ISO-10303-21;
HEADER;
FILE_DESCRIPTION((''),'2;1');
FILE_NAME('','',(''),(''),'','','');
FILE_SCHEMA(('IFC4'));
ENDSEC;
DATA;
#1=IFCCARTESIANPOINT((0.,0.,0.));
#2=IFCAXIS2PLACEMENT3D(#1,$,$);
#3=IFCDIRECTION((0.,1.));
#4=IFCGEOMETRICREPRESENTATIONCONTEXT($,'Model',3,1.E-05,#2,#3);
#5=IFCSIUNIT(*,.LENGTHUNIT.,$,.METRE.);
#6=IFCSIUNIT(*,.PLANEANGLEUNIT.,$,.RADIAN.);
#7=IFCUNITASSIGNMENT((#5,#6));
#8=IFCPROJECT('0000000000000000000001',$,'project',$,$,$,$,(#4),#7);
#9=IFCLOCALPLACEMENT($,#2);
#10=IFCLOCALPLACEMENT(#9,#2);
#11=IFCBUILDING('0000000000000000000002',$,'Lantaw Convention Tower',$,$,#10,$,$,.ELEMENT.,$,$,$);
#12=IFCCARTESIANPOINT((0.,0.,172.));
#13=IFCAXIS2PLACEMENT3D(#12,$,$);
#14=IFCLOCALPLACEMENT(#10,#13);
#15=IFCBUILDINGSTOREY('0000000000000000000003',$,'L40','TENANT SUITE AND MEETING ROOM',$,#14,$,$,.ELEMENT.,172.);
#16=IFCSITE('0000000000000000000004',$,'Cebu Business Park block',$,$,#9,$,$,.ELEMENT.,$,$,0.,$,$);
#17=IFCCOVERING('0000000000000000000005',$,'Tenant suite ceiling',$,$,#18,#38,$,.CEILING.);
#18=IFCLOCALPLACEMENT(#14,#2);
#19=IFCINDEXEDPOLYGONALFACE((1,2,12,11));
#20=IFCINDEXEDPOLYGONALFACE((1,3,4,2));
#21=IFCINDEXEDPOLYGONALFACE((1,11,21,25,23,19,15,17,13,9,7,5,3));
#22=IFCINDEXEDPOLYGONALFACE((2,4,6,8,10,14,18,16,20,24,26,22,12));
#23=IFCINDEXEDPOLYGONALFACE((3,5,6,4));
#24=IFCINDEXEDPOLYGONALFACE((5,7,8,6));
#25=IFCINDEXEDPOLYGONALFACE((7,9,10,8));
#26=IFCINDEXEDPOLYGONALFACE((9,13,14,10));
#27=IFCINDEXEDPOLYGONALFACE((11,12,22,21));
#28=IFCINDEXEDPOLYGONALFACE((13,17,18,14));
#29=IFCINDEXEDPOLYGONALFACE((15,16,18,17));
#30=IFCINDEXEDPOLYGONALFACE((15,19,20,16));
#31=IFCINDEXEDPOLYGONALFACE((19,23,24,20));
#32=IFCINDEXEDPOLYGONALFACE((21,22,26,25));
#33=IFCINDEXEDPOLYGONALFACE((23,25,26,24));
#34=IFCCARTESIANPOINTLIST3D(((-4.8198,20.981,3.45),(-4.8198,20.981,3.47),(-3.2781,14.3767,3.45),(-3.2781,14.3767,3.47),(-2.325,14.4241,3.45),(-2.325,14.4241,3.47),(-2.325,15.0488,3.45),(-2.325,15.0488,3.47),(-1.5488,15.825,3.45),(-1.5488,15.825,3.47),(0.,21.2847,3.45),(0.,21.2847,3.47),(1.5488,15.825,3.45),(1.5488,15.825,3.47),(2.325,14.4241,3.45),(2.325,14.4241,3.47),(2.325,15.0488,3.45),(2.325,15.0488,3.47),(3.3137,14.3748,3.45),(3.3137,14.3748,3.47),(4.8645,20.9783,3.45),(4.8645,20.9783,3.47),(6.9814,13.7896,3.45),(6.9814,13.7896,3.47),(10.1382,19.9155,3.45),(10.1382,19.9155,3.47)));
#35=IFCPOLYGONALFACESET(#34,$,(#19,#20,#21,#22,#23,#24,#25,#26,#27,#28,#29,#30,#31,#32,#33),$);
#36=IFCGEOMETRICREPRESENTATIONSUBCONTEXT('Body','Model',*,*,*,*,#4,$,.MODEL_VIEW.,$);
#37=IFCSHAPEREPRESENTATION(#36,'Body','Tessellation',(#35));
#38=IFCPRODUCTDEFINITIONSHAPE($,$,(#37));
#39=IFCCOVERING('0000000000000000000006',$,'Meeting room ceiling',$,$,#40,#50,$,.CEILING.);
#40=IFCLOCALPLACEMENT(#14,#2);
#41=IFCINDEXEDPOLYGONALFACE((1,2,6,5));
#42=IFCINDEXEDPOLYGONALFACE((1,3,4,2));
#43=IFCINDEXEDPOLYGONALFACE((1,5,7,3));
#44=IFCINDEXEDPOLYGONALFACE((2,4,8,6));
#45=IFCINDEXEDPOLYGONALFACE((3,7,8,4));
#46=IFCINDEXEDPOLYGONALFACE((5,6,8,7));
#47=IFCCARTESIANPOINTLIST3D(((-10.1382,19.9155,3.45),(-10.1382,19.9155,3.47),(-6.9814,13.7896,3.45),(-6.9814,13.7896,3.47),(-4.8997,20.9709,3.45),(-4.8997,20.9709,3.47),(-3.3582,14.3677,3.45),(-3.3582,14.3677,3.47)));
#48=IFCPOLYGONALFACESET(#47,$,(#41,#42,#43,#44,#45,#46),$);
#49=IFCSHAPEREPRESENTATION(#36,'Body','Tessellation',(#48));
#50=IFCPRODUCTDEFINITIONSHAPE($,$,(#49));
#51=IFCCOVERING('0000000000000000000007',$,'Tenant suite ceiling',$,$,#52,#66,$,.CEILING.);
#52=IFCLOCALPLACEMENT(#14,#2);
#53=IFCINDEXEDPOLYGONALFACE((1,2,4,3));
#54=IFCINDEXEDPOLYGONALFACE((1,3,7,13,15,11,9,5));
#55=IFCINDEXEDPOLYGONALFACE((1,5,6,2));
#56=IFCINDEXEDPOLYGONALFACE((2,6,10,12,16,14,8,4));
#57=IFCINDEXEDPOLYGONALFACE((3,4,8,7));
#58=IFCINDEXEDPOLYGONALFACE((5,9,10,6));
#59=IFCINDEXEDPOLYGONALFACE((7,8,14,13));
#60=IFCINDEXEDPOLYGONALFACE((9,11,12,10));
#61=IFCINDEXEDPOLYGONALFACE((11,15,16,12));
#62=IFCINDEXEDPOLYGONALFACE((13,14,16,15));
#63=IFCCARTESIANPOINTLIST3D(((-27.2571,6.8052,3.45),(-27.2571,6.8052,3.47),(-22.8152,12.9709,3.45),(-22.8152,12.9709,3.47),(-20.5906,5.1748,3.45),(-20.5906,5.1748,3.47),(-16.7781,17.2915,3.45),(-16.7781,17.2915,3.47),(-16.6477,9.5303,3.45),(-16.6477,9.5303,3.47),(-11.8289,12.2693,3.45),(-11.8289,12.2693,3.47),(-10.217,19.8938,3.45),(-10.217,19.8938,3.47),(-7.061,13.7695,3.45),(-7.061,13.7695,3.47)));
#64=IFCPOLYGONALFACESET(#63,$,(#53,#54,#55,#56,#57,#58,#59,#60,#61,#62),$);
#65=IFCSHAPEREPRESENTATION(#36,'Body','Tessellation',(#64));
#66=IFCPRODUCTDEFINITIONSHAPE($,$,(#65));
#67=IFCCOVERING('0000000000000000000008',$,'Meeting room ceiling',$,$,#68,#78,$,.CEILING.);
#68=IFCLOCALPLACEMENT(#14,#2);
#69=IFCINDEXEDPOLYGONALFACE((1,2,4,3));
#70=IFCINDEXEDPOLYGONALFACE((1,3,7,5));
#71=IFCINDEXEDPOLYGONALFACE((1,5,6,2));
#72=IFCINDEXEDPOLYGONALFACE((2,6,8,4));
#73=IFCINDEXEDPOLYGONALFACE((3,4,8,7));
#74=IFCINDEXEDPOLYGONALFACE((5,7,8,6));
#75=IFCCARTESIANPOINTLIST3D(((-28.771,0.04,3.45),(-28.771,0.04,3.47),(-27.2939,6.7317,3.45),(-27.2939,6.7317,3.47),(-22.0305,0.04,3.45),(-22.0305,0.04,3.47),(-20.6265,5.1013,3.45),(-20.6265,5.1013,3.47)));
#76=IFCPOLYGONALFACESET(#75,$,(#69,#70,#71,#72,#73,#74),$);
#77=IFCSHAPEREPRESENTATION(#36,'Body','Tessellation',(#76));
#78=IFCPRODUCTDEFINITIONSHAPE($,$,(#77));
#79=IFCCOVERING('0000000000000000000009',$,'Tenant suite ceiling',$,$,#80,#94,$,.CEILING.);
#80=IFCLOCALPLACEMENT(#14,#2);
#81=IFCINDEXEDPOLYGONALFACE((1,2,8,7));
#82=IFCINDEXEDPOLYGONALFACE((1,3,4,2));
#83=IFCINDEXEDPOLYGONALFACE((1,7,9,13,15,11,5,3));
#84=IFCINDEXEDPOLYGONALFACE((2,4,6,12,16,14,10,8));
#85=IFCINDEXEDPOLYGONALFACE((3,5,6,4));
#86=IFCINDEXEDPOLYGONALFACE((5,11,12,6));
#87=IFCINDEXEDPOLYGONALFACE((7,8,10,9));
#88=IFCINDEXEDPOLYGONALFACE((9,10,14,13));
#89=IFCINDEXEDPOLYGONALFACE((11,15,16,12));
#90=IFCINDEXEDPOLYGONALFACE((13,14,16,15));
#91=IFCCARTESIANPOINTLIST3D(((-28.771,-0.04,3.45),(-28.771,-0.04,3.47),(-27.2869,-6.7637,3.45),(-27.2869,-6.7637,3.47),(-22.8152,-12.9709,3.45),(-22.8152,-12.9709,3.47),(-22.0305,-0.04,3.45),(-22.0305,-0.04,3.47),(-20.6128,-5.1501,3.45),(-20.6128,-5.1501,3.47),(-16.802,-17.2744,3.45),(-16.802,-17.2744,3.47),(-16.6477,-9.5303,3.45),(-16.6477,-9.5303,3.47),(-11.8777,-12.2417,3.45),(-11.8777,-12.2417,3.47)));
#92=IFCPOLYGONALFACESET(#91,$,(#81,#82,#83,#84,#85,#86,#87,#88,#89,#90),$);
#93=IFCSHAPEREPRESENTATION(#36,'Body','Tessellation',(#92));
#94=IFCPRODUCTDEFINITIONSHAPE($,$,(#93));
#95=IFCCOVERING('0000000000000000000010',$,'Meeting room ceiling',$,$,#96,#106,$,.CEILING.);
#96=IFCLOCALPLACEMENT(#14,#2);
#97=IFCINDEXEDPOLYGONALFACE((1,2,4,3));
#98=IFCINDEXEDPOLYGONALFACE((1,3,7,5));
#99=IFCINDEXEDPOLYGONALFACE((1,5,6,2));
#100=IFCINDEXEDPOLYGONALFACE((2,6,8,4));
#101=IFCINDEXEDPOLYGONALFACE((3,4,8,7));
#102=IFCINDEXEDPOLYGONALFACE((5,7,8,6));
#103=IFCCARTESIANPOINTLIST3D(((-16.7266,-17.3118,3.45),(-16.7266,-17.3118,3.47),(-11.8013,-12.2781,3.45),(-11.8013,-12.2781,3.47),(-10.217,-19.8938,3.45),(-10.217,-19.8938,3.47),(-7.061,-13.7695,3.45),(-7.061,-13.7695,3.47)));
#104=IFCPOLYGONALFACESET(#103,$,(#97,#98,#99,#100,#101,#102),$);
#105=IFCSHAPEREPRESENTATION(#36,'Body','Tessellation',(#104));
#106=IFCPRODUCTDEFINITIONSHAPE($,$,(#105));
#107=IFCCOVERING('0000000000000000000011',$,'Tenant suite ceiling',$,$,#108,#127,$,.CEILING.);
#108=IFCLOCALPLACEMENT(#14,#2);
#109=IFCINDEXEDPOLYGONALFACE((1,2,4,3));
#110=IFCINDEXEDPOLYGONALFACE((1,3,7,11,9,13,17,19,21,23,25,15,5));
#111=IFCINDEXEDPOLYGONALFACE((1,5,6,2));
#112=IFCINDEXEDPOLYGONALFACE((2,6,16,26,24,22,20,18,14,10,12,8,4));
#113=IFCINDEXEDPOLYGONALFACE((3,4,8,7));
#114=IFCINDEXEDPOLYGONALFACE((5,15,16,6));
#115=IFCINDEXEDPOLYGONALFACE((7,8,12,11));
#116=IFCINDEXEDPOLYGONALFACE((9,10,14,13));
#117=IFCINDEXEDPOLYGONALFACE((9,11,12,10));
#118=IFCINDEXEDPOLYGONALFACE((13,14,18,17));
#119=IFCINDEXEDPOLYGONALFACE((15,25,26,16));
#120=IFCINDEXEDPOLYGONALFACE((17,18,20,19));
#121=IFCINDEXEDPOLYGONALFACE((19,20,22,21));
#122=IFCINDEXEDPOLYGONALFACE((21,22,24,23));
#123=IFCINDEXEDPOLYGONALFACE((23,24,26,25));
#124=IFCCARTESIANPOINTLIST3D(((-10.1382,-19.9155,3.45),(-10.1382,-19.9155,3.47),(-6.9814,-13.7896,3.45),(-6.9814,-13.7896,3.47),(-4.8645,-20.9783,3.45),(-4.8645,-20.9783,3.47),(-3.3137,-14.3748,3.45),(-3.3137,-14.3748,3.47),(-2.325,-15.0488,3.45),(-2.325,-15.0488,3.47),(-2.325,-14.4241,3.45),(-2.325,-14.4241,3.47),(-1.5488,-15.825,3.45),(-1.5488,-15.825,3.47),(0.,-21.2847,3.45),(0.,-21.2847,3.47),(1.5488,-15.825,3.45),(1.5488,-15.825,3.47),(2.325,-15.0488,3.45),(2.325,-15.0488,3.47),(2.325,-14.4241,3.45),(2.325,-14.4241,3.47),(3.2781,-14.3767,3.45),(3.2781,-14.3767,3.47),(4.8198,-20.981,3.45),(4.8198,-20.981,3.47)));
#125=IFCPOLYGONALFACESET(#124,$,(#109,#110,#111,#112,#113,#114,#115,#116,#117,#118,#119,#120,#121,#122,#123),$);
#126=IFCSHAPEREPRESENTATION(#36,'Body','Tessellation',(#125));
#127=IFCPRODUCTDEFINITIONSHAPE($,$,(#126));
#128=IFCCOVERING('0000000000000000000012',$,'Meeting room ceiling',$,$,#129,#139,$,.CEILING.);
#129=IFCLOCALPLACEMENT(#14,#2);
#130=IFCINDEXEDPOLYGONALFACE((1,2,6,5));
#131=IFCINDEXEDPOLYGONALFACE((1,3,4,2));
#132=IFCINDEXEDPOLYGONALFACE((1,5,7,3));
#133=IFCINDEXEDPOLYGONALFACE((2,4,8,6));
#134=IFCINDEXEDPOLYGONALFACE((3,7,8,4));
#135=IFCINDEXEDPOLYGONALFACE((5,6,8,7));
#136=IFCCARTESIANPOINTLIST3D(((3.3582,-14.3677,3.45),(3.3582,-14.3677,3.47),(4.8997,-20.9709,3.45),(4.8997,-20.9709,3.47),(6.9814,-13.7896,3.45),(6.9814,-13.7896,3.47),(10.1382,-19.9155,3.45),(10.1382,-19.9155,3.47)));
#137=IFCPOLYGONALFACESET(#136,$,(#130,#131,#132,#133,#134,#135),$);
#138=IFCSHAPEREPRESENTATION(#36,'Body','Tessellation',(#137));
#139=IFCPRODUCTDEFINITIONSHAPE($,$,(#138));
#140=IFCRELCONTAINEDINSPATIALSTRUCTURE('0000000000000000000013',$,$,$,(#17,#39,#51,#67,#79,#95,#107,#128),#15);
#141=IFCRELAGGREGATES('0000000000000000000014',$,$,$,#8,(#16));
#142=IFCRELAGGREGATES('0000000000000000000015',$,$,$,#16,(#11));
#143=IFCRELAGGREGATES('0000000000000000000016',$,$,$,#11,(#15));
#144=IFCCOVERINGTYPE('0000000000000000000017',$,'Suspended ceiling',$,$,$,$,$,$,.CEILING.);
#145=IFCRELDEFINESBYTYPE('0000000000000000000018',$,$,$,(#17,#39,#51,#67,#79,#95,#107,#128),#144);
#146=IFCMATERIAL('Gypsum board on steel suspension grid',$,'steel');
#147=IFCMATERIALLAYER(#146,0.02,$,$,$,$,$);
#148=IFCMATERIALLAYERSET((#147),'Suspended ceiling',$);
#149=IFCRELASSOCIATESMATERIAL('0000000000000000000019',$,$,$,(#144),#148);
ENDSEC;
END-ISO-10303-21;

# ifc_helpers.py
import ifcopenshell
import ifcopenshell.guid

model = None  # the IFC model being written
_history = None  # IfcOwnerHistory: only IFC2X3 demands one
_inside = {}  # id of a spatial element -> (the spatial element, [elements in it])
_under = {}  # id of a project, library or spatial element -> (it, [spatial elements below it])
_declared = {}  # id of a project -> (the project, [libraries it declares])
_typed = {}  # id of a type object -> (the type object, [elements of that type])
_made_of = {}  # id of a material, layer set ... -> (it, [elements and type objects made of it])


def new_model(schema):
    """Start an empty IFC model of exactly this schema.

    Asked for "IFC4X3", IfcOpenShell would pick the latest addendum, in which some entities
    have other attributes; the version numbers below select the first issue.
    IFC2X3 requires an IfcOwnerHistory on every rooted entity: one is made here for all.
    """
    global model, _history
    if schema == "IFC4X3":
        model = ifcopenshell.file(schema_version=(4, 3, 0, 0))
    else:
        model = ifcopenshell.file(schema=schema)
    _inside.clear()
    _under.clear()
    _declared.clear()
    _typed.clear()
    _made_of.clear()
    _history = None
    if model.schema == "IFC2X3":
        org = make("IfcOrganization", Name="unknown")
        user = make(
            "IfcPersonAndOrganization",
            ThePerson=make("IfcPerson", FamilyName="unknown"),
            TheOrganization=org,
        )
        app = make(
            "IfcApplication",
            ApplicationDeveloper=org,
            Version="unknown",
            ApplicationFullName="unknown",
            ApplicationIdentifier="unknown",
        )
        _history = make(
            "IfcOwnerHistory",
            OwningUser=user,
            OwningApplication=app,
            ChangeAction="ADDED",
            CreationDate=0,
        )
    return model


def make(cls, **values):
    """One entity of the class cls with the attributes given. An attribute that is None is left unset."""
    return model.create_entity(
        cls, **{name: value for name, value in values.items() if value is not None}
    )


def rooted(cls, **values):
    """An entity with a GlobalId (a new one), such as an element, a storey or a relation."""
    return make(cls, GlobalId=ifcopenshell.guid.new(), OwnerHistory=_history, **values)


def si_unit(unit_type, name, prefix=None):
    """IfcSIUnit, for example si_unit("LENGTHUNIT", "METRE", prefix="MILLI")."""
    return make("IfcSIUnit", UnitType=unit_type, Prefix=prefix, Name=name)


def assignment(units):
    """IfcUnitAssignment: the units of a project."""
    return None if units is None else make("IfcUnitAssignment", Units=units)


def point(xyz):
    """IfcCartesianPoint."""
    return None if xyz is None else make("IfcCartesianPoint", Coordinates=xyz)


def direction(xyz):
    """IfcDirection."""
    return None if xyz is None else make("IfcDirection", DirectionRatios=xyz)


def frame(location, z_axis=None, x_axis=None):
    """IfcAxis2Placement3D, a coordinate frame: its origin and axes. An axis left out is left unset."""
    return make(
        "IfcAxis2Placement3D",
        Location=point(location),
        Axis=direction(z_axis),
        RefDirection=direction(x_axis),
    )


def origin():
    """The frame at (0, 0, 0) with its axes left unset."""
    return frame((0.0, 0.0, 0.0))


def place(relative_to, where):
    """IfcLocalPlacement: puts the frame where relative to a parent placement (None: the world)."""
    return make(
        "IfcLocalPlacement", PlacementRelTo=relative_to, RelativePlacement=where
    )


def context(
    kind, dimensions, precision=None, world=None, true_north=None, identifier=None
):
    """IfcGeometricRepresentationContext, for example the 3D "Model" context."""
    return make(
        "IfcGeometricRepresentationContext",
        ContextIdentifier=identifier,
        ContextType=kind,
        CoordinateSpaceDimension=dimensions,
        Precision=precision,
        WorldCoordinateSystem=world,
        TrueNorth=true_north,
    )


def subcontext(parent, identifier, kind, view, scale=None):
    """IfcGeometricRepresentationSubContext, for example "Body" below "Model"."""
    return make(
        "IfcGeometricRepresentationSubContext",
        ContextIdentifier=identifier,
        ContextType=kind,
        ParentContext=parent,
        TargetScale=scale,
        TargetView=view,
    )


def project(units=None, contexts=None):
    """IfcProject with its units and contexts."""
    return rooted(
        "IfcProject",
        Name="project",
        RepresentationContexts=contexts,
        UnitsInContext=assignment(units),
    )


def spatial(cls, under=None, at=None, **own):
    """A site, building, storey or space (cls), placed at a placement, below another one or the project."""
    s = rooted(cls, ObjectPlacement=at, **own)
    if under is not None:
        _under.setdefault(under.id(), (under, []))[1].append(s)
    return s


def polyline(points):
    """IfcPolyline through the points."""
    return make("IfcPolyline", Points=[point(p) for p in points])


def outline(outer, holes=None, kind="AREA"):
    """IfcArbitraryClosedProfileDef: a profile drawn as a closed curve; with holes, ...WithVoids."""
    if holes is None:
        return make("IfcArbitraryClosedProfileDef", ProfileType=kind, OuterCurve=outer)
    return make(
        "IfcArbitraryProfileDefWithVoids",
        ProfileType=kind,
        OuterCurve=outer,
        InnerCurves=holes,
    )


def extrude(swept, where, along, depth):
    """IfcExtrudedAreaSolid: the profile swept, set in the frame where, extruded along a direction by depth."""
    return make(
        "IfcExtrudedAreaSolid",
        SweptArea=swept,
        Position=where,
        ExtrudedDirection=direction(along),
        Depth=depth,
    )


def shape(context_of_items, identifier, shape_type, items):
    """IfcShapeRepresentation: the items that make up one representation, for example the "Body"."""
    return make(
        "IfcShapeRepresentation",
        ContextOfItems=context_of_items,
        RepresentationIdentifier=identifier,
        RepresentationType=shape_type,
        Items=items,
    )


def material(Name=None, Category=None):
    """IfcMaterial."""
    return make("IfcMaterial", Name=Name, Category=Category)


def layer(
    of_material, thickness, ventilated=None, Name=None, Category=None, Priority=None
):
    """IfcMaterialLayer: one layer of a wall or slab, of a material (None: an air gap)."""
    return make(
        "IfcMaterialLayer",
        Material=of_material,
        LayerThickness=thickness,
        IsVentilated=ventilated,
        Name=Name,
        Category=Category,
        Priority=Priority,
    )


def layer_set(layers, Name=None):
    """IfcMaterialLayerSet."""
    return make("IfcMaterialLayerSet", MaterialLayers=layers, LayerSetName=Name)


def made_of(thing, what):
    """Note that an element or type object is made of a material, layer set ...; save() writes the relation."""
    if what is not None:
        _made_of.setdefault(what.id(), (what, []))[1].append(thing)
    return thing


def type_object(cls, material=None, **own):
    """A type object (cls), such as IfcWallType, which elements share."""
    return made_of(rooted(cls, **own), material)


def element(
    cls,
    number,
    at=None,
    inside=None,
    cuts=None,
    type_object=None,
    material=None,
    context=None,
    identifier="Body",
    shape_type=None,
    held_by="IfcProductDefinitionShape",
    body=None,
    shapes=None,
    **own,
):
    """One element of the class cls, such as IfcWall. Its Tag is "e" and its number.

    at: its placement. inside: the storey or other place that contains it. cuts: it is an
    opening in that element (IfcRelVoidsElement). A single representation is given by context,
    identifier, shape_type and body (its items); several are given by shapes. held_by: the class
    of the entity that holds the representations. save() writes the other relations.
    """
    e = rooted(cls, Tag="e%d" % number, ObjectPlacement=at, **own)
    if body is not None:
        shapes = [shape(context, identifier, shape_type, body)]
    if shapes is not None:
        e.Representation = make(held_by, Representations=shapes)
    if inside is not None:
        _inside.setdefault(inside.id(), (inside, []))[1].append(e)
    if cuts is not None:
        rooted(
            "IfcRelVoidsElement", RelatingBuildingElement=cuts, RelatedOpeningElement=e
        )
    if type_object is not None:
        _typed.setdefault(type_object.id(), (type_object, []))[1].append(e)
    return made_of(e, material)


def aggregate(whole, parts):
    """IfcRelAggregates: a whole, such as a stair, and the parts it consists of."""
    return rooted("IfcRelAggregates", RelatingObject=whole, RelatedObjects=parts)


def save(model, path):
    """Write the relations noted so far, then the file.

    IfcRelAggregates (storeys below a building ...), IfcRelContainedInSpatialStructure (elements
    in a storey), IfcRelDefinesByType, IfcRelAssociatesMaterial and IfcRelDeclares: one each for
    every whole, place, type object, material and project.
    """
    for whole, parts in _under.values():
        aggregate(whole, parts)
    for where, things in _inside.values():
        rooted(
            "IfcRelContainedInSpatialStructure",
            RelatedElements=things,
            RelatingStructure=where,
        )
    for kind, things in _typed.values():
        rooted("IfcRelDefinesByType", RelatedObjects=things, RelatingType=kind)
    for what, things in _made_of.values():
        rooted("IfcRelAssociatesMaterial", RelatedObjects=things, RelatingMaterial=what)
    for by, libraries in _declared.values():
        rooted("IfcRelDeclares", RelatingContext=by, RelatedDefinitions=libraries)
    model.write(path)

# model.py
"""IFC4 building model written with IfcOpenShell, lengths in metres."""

from ifc_helpers import new_model, si_unit, direction, frame, origin, place, context, subcontext, project, spatial, polyline, outline, extrude, material, layer, layer_set, type_object, element, save


model = new_model("IFC4")

# Units and contexts
model_context = context("Model", 3, precision=1e-05, world=origin(), true_north=direction((0.0, 1.0)))
body_context = subcontext(model_context, "Body", "Model", "MODEL_VIEW")
ifc_project = project(units=[si_unit("LENGTHUNIT", "METRE"), si_unit("PLANEANGLEUNIT", "RADIAN")], contexts=[model_context])

# Site, building, storey
site_placement = place(None, origin())
site = spatial("IfcSite", under=ifc_project, at=site_placement, Name="Cebu Business Park block", CompositionType="ELEMENT", RefElevation=0.0)
building_placement = place(site_placement, origin())
building = spatial("IfcBuilding", under=site, at=building_placement, Name="Lantaw Convention Tower", CompositionType="ELEMENT")
storey_placement = place(building_placement, frame((0.0, 0.0, 172.0)))
storey = spatial("IfcBuildingStorey", under=building, at=storey_placement, Name="L40", Description="TENANT SUITE AND MEETING ROOM", CompositionType="ELEMENT", Elevation=172.0)

# Coverings
ifc_material_1 = material(Name="Gypsum board on steel suspension grid", Category="steel")
ifc_layer_1 = layer(ifc_material_1, 0.02)
ifc_layer_set_1 = layer_set([ifc_layer_1], Name="Suspended ceiling")
covering_type = type_object("IfcCoveringType", Name="Suspended ceiling", PredefinedType="CEILING", material=ifc_layer_set_1)
covering_1_placement = place(storey_placement, frame((0.0, 0.0, 3.45)))
element("IfcCovering", 1, at=covering_1_placement, inside=storey, type_object=covering_type, Name="Tenant suite ceiling", PredefinedType="CEILING", context=body_context, shape_type="SweptSolid", body=[
    extrude(outline(polyline([(3.3137, 14.3748), (6.9814, 13.7896), (10.1382, 19.9155), (4.8645, 20.9783), (0.0, 21.2847), (-4.8198, 20.981), (-3.2781, 14.3767), (-2.325, 14.4241), (-2.325, 15.0488), (-1.5488, 15.825), (1.5488, 15.825), (2.325, 15.0488), (2.325, 14.4241), (3.3137, 14.3748)])), origin(), (0.0, 0.0, 1.0), 0.02),
])
covering_2_placement = place(storey_placement, frame((0.0, 0.0, 3.45)))
element("IfcCovering", 2, at=covering_2_placement, inside=storey, type_object=covering_type, Name="Meeting room ceiling", PredefinedType="CEILING", context=body_context, shape_type="SweptSolid", body=[
    extrude(outline(polyline([(-3.3582, 14.3677), (-4.8997, 20.9709), (-10.1382, 19.9155), (-6.9814, 13.7896), (-3.3582, 14.3677)])), origin(), (0.0, 0.0, 1.0), 0.02),
])
covering_3_placement = place(storey_placement, frame((0.0, 0.0, 3.45)))
element("IfcCovering", 3, at=covering_3_placement, inside=storey, type_object=covering_type, Name="Tenant suite ceiling", PredefinedType="CEILING", context=body_context, shape_type="SweptSolid", body=[
    extrude(outline(polyline([(-7.061, 13.7695), (-10.217, 19.8938), (-16.7781, 17.2915), (-22.8152, 12.9709), (-27.2571, 6.8052), (-20.5906, 5.1748), (-16.6477, 9.5303), (-11.8289, 12.2693), (-7.061, 13.7695)])), origin(), (0.0, 0.0, 1.0), 0.02),
])
covering_4_placement = place(storey_placement, frame((0.0, 0.0, 3.45)))
element("IfcCovering", 4, at=covering_4_placement, inside=storey, type_object=covering_type, Name="Meeting room ceiling", PredefinedType="CEILING", context=body_context, shape_type="SweptSolid", body=[
    extrude(outline(polyline([(-20.6265, 5.1013), (-27.2939, 6.7317), (-28.771, 0.04), (-22.0305, 0.04), (-20.6265, 5.1013)])), origin(), (0.0, 0.0, 1.0), 0.02),
])
covering_5_placement = place(storey_placement, frame((0.0, 0.0, 3.45)))
element("IfcCovering", 5, at=covering_5_placement, inside=storey, type_object=covering_type, Name="Tenant suite ceiling", PredefinedType="CEILING", context=body_context, shape_type="SweptSolid", body=[
    extrude(outline(polyline([(-22.0305, -0.04), (-28.771, -0.04), (-27.2869, -6.7637), (-22.8152, -12.9709), (-16.802, -17.2744), (-11.8777, -12.2417), (-16.6477, -9.5303), (-20.6128, -5.1501), (-22.0305, -0.04)])), origin(), (0.0, 0.0, 1.0), 0.02),
])
covering_6_placement = place(storey_placement, frame((0.0, 0.0, 3.45)))
element("IfcCovering", 6, at=covering_6_placement, inside=storey, type_object=covering_type, Name="Meeting room ceiling", PredefinedType="CEILING", context=body_context, shape_type="SweptSolid", body=[
    extrude(outline(polyline([(-11.8013, -12.2781), (-16.7266, -17.3118), (-10.217, -19.8938), (-7.061, -13.7695), (-11.8013, -12.2781)])), origin(), (0.0, 0.0, 1.0), 0.02),
])
covering_7_placement = place(storey_placement, frame((0.0, 0.0, 3.45)))
element("IfcCovering", 7, at=covering_7_placement, inside=storey, type_object=covering_type, Name="Tenant suite ceiling", PredefinedType="CEILING", context=body_context, shape_type="SweptSolid", body=[
    extrude(outline(polyline([(-3.3137, -14.3748), (-6.9814, -13.7896), (-10.1382, -19.9155), (-4.8645, -20.9783), (0.0, -21.2847), (4.8198, -20.981), (3.2781, -14.3767), (2.325, -14.4241), (2.325, -15.0488), (1.5488, -15.825), (-1.5488, -15.825), (-2.325, -15.0488), (-2.325, -14.4241), (-3.3137, -14.3748)])), origin(), (0.0, 0.0, 1.0), 0.02),
])
covering_8_placement = place(storey_placement, frame((0.0, 0.0, 3.45)))
element("IfcCovering", 8, at=covering_8_placement, inside=storey, type_object=covering_type, Name="Meeting room ceiling", PredefinedType="CEILING", context=body_context, shape_type="SweptSolid", body=[
    extrude(outline(polyline([(3.3582, -14.3677), (4.8997, -20.9709), (10.1382, -19.9155), (6.9814, -13.7896), (3.3582, -14.3677)])), origin(), (0.0, 0.0, 1.0), 0.02),
])

save(model, "model.ifc")
